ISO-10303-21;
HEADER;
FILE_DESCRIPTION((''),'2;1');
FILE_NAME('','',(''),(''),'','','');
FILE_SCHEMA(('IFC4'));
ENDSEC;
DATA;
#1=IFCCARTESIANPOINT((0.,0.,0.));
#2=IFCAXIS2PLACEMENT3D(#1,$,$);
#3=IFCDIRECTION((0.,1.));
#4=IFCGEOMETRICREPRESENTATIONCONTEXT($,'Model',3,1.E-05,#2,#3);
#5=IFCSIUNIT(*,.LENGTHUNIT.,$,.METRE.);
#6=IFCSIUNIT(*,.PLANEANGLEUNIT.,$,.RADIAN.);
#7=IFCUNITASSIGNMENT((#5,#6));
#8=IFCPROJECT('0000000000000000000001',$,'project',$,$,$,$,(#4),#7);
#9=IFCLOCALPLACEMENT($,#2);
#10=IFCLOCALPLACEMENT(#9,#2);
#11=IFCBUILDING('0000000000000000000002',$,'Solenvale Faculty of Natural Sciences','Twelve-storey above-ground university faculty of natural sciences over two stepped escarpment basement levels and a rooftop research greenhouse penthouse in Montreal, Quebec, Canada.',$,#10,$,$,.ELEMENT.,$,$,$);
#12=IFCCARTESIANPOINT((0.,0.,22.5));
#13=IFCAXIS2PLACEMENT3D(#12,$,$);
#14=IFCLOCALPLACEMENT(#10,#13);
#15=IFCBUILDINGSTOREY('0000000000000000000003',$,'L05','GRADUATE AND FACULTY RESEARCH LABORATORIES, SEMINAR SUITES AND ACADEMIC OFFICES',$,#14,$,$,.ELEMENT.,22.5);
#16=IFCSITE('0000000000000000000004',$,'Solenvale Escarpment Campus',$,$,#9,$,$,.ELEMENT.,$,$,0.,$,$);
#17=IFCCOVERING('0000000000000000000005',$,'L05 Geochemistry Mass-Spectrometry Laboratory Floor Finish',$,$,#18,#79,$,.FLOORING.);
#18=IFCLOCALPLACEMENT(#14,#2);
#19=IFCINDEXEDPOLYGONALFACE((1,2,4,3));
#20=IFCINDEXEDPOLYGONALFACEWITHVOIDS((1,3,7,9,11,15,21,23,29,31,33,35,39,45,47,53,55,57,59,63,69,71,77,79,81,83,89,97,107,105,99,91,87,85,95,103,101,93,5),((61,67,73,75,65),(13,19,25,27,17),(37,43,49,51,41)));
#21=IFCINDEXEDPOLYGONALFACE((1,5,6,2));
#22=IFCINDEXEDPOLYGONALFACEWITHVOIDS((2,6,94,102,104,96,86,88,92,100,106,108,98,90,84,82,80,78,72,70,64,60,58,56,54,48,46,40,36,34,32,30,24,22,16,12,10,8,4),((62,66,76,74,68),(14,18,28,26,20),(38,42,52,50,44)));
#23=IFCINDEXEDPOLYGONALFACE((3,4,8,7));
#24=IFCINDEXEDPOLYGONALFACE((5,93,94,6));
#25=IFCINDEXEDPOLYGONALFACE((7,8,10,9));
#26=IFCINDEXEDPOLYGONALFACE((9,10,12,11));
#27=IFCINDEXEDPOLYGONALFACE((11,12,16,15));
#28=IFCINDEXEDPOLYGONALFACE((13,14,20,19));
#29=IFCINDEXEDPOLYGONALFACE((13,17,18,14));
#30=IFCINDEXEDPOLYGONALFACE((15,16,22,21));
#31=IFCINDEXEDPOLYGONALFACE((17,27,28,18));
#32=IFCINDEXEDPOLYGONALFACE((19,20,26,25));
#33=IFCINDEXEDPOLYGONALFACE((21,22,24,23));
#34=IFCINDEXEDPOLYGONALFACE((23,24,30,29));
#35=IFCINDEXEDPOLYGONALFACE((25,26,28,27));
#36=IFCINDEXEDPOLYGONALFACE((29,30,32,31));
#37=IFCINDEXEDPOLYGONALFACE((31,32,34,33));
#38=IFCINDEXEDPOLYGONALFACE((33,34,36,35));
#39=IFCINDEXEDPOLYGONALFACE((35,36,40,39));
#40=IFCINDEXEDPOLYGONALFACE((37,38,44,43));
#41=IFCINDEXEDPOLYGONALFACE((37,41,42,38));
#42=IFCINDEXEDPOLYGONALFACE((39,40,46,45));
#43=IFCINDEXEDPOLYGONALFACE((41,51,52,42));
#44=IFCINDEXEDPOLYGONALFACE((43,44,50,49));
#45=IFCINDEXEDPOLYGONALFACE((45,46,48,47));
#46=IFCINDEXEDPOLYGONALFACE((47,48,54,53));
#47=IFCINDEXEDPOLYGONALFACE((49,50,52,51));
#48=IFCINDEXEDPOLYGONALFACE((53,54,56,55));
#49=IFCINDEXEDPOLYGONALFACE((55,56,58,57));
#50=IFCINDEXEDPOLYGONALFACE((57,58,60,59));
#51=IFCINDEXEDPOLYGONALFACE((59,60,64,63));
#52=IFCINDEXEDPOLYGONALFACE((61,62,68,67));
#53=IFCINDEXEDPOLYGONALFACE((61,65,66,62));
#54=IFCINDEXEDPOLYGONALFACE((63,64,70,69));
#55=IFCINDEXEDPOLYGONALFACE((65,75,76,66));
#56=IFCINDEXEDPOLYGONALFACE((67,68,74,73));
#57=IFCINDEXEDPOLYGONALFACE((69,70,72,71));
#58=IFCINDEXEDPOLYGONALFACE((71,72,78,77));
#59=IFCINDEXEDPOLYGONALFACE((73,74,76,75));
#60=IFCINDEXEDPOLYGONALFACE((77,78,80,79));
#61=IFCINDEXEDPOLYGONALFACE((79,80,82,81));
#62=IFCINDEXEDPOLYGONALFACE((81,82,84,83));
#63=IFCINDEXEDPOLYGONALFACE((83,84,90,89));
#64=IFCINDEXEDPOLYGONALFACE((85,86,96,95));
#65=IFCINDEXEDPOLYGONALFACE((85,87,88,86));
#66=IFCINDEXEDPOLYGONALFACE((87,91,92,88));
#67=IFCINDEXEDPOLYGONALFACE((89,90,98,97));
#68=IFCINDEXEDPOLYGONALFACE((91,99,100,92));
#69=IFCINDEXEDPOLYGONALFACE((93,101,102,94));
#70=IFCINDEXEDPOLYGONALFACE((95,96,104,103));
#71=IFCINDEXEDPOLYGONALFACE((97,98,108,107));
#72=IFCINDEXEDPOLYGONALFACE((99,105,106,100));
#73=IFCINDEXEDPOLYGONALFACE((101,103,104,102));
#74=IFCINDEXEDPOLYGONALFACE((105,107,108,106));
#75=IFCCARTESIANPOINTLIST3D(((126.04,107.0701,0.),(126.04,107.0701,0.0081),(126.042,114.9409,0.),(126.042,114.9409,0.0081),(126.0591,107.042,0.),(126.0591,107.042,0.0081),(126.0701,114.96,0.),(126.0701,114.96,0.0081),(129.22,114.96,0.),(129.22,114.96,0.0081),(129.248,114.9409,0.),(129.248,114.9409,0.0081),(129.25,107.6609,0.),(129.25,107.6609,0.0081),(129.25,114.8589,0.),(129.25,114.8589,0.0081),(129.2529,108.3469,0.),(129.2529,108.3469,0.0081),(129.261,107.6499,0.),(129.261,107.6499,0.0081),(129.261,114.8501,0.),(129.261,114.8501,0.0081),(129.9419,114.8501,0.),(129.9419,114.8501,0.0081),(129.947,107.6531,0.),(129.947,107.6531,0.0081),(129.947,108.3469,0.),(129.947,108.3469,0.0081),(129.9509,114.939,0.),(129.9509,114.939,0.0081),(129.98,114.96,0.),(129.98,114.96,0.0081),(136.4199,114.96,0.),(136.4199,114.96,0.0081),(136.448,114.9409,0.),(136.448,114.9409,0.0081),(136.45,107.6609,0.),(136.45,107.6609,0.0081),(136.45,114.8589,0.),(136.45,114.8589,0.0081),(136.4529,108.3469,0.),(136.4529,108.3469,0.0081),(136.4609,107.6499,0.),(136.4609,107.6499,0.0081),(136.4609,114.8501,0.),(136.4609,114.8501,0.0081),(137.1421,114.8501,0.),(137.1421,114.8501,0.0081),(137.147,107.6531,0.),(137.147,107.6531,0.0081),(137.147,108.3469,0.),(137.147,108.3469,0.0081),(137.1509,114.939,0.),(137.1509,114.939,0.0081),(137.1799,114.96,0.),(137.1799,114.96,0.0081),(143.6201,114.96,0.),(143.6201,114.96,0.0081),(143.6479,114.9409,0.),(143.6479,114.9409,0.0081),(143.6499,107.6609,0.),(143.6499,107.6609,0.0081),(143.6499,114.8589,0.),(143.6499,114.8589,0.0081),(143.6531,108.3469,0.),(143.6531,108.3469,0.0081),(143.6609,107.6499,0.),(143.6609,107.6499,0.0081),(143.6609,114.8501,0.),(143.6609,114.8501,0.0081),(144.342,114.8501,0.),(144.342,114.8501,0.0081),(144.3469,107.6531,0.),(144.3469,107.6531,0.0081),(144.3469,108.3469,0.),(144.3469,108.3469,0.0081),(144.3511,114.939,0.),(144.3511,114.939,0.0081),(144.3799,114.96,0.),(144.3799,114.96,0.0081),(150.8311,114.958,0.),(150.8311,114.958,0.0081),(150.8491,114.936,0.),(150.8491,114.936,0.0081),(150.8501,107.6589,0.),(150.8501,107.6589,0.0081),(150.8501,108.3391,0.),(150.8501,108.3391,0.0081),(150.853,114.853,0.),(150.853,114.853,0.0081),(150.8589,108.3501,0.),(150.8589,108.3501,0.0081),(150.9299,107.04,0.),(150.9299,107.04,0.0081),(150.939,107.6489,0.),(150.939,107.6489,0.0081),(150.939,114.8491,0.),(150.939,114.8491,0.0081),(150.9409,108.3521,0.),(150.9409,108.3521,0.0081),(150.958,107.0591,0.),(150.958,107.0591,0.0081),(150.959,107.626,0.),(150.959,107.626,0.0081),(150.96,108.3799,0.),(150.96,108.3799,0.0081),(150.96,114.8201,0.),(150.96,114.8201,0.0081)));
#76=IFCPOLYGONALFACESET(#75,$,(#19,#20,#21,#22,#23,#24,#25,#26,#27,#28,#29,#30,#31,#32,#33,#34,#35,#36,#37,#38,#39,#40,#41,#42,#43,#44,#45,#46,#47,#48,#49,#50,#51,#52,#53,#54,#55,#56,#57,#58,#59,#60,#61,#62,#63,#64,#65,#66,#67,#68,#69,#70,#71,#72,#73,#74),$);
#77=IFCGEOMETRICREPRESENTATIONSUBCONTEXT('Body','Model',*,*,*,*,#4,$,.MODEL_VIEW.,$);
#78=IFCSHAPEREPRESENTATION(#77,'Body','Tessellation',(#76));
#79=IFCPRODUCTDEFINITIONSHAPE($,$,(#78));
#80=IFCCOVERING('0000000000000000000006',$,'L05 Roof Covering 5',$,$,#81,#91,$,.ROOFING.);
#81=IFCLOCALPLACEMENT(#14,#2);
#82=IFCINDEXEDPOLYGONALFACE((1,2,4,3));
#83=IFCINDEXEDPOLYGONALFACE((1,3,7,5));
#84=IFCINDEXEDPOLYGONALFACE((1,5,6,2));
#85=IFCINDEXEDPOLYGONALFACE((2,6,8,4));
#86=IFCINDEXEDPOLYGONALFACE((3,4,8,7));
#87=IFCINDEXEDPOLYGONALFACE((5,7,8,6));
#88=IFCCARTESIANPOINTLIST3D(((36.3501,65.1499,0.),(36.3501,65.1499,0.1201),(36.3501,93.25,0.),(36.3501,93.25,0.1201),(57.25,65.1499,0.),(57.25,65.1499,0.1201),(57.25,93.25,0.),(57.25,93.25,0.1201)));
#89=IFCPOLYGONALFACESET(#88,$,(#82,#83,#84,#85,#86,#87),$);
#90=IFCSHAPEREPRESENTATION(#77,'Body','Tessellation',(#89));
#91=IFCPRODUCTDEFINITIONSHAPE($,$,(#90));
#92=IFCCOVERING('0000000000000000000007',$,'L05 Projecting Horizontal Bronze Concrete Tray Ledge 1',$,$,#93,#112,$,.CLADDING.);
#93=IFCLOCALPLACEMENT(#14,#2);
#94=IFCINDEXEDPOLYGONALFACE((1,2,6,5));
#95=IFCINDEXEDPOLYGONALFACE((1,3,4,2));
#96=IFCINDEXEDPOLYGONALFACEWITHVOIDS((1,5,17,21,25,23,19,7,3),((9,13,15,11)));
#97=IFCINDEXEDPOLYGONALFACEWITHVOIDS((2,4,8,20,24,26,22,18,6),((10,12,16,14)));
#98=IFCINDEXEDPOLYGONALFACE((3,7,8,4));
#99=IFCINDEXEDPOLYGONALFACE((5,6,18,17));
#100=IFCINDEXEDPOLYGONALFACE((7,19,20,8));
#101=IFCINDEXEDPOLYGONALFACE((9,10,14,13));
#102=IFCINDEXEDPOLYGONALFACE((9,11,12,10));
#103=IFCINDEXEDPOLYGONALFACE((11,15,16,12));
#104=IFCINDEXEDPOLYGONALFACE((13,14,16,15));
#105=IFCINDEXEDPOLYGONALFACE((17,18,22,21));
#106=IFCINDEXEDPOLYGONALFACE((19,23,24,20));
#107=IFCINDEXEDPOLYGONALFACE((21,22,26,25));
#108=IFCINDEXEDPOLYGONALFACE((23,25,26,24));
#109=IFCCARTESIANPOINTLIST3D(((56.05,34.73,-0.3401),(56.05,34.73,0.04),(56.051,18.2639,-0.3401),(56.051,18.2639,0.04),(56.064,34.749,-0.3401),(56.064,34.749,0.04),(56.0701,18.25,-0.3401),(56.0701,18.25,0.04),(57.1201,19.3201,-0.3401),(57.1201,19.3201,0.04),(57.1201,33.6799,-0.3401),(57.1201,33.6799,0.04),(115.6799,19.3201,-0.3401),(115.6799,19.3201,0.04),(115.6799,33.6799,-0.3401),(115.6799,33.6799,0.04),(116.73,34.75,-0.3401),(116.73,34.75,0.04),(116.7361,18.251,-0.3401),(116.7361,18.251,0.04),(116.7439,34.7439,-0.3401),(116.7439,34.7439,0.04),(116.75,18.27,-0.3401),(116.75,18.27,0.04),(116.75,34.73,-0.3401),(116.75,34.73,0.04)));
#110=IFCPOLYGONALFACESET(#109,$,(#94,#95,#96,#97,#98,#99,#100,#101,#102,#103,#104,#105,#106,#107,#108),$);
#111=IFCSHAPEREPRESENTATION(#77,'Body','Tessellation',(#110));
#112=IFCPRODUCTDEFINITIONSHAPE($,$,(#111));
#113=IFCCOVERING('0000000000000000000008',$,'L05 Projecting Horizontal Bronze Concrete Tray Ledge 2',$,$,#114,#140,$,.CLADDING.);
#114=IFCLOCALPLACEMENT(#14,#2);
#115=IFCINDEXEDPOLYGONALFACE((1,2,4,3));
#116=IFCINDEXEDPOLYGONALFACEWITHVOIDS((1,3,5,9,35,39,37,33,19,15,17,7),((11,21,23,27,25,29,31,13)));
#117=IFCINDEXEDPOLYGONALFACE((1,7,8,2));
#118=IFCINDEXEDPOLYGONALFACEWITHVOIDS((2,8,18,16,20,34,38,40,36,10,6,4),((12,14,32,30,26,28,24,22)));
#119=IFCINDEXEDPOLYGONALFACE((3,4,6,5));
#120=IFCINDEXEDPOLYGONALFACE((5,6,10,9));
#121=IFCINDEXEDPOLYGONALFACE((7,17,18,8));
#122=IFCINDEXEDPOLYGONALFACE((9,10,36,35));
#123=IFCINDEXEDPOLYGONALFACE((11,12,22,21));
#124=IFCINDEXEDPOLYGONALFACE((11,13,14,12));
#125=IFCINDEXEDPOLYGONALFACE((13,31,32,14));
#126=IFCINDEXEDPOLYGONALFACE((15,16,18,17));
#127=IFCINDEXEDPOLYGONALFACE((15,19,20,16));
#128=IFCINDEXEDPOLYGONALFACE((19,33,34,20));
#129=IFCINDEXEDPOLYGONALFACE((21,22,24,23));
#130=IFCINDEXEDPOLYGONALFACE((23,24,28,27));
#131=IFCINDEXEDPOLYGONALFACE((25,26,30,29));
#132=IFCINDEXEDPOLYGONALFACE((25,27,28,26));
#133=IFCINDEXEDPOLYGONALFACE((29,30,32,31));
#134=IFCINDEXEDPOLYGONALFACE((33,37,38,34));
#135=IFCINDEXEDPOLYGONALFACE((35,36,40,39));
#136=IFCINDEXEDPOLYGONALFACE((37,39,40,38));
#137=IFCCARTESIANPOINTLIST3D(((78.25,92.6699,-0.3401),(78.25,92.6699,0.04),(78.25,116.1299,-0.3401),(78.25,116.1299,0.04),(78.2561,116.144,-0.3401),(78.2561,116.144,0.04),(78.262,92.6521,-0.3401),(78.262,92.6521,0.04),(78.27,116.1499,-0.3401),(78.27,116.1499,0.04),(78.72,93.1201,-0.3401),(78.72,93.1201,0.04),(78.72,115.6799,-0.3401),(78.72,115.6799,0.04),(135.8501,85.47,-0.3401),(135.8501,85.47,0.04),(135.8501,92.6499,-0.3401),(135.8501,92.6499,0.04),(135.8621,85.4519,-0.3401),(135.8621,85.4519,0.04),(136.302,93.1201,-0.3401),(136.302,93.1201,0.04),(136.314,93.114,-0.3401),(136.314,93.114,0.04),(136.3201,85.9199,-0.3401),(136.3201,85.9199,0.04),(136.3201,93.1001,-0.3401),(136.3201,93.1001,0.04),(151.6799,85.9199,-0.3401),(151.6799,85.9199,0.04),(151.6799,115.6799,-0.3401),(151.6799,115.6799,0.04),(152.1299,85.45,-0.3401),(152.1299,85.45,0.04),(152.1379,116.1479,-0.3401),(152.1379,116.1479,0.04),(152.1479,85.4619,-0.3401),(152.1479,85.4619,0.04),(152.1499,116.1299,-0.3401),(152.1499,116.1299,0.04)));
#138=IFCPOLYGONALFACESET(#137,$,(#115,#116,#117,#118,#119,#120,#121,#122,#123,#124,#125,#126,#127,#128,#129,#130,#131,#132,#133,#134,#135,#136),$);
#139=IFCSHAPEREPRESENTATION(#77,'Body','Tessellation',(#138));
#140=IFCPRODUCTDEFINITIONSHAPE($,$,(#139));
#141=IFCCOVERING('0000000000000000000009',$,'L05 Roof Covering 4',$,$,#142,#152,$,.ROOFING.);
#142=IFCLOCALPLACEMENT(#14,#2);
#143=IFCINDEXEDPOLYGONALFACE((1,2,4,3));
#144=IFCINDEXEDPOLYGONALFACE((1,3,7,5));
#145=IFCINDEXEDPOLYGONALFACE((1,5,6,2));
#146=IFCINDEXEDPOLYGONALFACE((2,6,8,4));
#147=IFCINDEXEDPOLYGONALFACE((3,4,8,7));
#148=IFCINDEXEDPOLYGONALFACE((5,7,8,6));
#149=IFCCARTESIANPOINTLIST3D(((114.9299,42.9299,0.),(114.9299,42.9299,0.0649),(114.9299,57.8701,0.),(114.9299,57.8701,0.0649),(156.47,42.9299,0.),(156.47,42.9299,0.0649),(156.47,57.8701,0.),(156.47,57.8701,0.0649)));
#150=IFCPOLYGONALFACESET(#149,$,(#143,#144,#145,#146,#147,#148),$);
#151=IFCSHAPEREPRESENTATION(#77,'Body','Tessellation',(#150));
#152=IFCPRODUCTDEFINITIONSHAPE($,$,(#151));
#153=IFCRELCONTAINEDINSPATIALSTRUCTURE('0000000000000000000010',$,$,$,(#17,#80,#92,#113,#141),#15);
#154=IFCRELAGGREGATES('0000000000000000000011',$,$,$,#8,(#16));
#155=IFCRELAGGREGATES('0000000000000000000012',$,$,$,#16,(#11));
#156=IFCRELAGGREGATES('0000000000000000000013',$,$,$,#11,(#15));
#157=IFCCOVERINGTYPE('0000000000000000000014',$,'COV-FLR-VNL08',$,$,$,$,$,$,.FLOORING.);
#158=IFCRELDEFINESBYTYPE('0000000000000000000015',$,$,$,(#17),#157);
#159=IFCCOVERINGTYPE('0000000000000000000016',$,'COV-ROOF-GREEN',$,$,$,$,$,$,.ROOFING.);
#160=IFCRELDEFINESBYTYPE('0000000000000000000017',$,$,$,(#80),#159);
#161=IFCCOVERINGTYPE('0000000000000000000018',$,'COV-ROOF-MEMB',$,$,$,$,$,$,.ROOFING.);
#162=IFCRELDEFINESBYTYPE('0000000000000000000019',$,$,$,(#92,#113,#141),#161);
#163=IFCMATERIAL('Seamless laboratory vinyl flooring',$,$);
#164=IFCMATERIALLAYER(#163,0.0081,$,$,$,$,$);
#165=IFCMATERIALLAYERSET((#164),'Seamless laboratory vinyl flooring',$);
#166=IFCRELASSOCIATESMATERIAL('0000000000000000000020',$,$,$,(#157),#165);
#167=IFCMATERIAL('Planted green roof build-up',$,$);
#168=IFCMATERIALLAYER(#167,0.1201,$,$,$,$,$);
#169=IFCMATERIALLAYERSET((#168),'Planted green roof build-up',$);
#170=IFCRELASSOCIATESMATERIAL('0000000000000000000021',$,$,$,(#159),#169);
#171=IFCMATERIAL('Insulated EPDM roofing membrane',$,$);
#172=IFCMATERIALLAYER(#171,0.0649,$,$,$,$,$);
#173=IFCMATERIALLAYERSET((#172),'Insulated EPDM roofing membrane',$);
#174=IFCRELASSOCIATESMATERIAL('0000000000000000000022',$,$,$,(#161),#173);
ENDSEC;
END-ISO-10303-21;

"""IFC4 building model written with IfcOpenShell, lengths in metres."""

from ifc_helpers import new_model, si_unit, direction, frame, origin, place, context, subcontext, project, spatial, polyline, outline, extrude, material, layer, layer_set, type_object, element, save


model = new_model("IFC4")

# Units and contexts
model_context = context("Model", 3, precision=1e-05, world=origin(), true_north=direction((0.0, 1.0)))
body_context = subcontext(model_context, "Body", "Model", "MODEL_VIEW")
ifc_project = project(units=[si_unit("LENGTHUNIT", "METRE"), si_unit("PLANEANGLEUNIT", "RADIAN")], contexts=[model_context])

# Site, building, storey
site_placement = place(None, origin())
site = spatial("IfcSite", under=ifc_project, at=site_placement, Name="Solenvale Escarpment Campus", CompositionType="ELEMENT", RefElevation=0.0)
building_placement = place(site_placement, origin())
building = spatial("IfcBuilding", under=site, at=building_placement, Name="Solenvale Faculty of Natural Sciences", Description="Twelve-storey above-ground university faculty of natural sciences over two stepped escarpment basement levels and a rooftop research greenhouse penthouse in Montreal, Quebec, Canada.", CompositionType="ELEMENT")
storey_placement = place(building_placement, frame((0.0, 0.0, 22.5)))
storey = spatial("IfcBuildingStorey", under=building, at=storey_placement, Name="L05", Description="GRADUATE AND FACULTY RESEARCH LABORATORIES, SEMINAR SUITES AND ACADEMIC OFFICES", CompositionType="ELEMENT", Elevation=22.5)

# Coverings
ifc_material_1 = material(Name="Seamless laboratory vinyl flooring")
ifc_layer_1 = layer(ifc_material_1, 0.0081)
ifc_layer_set_1 = layer_set([ifc_layer_1], Name="Seamless laboratory vinyl flooring")
covering_type_1 = type_object("IfcCoveringType", Name="COV-FLR-VNL08", PredefinedType="FLOORING", material=ifc_layer_set_1)
covering_1_placement = place(storey_placement, origin())
element("IfcCovering", 1, at=covering_1_placement, inside=storey, type_object=covering_type_1, Name="L05 Geochemistry Mass-Spectrometry Laboratory Floor Finish", PredefinedType="FLOORING", context=body_context, shape_type="SweptSolid", body=[
    extrude(outline(polyline([(129.22, 114.96), (129.248, 114.9409), (129.25, 114.8589), (129.261, 114.8501), (129.9419, 114.8501), (129.9509, 114.939), (129.98, 114.96), (136.4199, 114.96), (136.448, 114.9409), (136.45, 114.8589), (136.4609, 114.8501), (137.1421, 114.8501), (137.1509, 114.939), (137.1799, 114.96), (143.6201, 114.96), (143.6479, 114.9409), (143.6499, 114.8589), (143.6609, 114.8501), (144.342, 114.8501), (144.3511, 114.939), (144.3799, 114.96), (150.8311, 114.958), (150.8491, 114.936), (150.853, 114.853), (150.939, 114.8491), (150.96, 114.8201), (150.96, 108.3799), (150.9409, 108.3521), (150.8589, 108.3501), (150.8501, 108.3391), (150.8501, 107.6589), (150.939, 107.6489), (150.959, 107.626), (150.958, 107.0591), (150.9299, 107.04), (126.0591, 107.042), (126.04, 107.0701), (126.042, 114.9409), (126.0701, 114.96), (129.22, 114.96)]), holes=[polyline([(143.6499, 107.6609), (143.6609, 107.6499), (144.3469, 107.6531), (144.3469, 108.3469), (143.6531, 108.3469), (143.6499, 107.6609)]), polyline([(136.45, 107.6609), (136.4609, 107.6499), (137.147, 107.6531), (137.147, 108.3469), (136.4529, 108.3469), (136.45, 107.6609)]), polyline([(129.25, 107.6609), (129.261, 107.6499), (129.947, 107.6531), (129.947, 108.3469), (129.2529, 108.3469), (129.25, 107.6609)])]), origin(), (0.0, 0.0, 1.0), 0.0081),
])
ifc_material_2 = material(Name="Planted green roof build-up")
ifc_layer_2 = layer(ifc_material_2, 0.1201)
ifc_layer_set_2 = layer_set([ifc_layer_2], Name="Planted green roof build-up")
covering_type_2 = type_object("IfcCoveringType", Name="COV-ROOF-GREEN", PredefinedType="ROOFING", material=ifc_layer_set_2)
covering_2_placement = place(storey_placement, origin())
element("IfcCovering", 2, at=covering_2_placement, inside=storey, type_object=covering_type_2, Name="L05 Roof Covering 5", PredefinedType="ROOFING", context=body_context, shape_type="SweptSolid", body=[
    extrude(outline(polyline([(36.3501, 65.1499), (36.3501, 93.25), (57.25, 93.25), (57.25, 65.1499), (36.3501, 65.1499)])), origin(), (0.0, 0.0, 1.0), 0.1201),
])
ifc_material_3 = material(Name="Insulated EPDM roofing membrane")
ifc_layer_3 = layer(ifc_material_3, 0.0649)
ifc_layer_set_3 = layer_set([ifc_layer_3], Name="Insulated EPDM roofing membrane")
covering_type_3 = type_object("IfcCoveringType", Name="COV-ROOF-MEMB", PredefinedType="ROOFING", material=ifc_layer_set_3)
covering_3_placement = place(storey_placement, frame((0.0, 0.0, -0.3401)))
element("IfcCovering", 3, at=covering_3_placement, inside=storey, type_object=covering_type_3, Name="L05 Projecting Horizontal Bronze Concrete Tray Ledge 1", PredefinedType="CLADDING", context=body_context, shape_type="SweptSolid", body=[
    extrude(outline(polyline([(116.73, 34.75), (116.7439, 34.7439), (116.75, 34.73), (116.75, 18.27), (116.7361, 18.251), (56.0701, 18.25), (56.051, 18.2639), (56.05, 34.73), (56.064, 34.749), (116.73, 34.75)]), holes=[polyline([(57.1201, 19.3201), (115.6799, 19.3201), (115.6799, 33.6799), (57.1201, 33.6799), (57.1201, 19.3201)])]), origin(), (0.0, 0.0, 1.0), 0.3801),
])
covering_4_placement = place(storey_placement, frame((0.0, 0.0, -0.3401)))
element("IfcCovering", 4, at=covering_4_placement, inside=storey, type_object=covering_type_3, Name="L05 Projecting Horizontal Bronze Concrete Tray Ledge 2", PredefinedType="CLADDING", context=body_context, shape_type="SweptSolid", body=[
    extrude(outline(polyline([(78.25, 116.1299), (78.2561, 116.144), (78.27, 116.1499), (152.1379, 116.1479), (152.1499, 116.1299), (152.1479, 85.4619), (152.1299, 85.45), (135.8621, 85.4519), (135.8501, 85.47), (135.8501, 92.6499), (78.262, 92.6521), (78.25, 92.6699), (78.25, 116.1299)]), holes=[polyline([(78.72, 93.1201), (136.302, 93.1201), (136.314, 93.114), (136.3201, 93.1001), (136.3201, 85.9199), (151.6799, 85.9199), (151.6799, 115.6799), (78.72, 115.6799), (78.72, 93.1201)])]), origin(), (0.0, 0.0, 1.0), 0.3801),
])
covering_5_placement = place(storey_placement, origin())
element("IfcCovering", 5, at=covering_5_placement, inside=storey, type_object=covering_type_3, Name="L05 Roof Covering 4", PredefinedType="ROOFING", context=body_context, shape_type="SweptSolid", body=[
    extrude(outline(polyline([(114.9299, 57.8701), (156.47, 57.8701), (156.47, 42.9299), (114.9299, 42.9299), (114.9299, 57.8701)])), origin(), (0.0, 0.0, 1.0), 0.0649),
])

save(model, "model.ifc")
